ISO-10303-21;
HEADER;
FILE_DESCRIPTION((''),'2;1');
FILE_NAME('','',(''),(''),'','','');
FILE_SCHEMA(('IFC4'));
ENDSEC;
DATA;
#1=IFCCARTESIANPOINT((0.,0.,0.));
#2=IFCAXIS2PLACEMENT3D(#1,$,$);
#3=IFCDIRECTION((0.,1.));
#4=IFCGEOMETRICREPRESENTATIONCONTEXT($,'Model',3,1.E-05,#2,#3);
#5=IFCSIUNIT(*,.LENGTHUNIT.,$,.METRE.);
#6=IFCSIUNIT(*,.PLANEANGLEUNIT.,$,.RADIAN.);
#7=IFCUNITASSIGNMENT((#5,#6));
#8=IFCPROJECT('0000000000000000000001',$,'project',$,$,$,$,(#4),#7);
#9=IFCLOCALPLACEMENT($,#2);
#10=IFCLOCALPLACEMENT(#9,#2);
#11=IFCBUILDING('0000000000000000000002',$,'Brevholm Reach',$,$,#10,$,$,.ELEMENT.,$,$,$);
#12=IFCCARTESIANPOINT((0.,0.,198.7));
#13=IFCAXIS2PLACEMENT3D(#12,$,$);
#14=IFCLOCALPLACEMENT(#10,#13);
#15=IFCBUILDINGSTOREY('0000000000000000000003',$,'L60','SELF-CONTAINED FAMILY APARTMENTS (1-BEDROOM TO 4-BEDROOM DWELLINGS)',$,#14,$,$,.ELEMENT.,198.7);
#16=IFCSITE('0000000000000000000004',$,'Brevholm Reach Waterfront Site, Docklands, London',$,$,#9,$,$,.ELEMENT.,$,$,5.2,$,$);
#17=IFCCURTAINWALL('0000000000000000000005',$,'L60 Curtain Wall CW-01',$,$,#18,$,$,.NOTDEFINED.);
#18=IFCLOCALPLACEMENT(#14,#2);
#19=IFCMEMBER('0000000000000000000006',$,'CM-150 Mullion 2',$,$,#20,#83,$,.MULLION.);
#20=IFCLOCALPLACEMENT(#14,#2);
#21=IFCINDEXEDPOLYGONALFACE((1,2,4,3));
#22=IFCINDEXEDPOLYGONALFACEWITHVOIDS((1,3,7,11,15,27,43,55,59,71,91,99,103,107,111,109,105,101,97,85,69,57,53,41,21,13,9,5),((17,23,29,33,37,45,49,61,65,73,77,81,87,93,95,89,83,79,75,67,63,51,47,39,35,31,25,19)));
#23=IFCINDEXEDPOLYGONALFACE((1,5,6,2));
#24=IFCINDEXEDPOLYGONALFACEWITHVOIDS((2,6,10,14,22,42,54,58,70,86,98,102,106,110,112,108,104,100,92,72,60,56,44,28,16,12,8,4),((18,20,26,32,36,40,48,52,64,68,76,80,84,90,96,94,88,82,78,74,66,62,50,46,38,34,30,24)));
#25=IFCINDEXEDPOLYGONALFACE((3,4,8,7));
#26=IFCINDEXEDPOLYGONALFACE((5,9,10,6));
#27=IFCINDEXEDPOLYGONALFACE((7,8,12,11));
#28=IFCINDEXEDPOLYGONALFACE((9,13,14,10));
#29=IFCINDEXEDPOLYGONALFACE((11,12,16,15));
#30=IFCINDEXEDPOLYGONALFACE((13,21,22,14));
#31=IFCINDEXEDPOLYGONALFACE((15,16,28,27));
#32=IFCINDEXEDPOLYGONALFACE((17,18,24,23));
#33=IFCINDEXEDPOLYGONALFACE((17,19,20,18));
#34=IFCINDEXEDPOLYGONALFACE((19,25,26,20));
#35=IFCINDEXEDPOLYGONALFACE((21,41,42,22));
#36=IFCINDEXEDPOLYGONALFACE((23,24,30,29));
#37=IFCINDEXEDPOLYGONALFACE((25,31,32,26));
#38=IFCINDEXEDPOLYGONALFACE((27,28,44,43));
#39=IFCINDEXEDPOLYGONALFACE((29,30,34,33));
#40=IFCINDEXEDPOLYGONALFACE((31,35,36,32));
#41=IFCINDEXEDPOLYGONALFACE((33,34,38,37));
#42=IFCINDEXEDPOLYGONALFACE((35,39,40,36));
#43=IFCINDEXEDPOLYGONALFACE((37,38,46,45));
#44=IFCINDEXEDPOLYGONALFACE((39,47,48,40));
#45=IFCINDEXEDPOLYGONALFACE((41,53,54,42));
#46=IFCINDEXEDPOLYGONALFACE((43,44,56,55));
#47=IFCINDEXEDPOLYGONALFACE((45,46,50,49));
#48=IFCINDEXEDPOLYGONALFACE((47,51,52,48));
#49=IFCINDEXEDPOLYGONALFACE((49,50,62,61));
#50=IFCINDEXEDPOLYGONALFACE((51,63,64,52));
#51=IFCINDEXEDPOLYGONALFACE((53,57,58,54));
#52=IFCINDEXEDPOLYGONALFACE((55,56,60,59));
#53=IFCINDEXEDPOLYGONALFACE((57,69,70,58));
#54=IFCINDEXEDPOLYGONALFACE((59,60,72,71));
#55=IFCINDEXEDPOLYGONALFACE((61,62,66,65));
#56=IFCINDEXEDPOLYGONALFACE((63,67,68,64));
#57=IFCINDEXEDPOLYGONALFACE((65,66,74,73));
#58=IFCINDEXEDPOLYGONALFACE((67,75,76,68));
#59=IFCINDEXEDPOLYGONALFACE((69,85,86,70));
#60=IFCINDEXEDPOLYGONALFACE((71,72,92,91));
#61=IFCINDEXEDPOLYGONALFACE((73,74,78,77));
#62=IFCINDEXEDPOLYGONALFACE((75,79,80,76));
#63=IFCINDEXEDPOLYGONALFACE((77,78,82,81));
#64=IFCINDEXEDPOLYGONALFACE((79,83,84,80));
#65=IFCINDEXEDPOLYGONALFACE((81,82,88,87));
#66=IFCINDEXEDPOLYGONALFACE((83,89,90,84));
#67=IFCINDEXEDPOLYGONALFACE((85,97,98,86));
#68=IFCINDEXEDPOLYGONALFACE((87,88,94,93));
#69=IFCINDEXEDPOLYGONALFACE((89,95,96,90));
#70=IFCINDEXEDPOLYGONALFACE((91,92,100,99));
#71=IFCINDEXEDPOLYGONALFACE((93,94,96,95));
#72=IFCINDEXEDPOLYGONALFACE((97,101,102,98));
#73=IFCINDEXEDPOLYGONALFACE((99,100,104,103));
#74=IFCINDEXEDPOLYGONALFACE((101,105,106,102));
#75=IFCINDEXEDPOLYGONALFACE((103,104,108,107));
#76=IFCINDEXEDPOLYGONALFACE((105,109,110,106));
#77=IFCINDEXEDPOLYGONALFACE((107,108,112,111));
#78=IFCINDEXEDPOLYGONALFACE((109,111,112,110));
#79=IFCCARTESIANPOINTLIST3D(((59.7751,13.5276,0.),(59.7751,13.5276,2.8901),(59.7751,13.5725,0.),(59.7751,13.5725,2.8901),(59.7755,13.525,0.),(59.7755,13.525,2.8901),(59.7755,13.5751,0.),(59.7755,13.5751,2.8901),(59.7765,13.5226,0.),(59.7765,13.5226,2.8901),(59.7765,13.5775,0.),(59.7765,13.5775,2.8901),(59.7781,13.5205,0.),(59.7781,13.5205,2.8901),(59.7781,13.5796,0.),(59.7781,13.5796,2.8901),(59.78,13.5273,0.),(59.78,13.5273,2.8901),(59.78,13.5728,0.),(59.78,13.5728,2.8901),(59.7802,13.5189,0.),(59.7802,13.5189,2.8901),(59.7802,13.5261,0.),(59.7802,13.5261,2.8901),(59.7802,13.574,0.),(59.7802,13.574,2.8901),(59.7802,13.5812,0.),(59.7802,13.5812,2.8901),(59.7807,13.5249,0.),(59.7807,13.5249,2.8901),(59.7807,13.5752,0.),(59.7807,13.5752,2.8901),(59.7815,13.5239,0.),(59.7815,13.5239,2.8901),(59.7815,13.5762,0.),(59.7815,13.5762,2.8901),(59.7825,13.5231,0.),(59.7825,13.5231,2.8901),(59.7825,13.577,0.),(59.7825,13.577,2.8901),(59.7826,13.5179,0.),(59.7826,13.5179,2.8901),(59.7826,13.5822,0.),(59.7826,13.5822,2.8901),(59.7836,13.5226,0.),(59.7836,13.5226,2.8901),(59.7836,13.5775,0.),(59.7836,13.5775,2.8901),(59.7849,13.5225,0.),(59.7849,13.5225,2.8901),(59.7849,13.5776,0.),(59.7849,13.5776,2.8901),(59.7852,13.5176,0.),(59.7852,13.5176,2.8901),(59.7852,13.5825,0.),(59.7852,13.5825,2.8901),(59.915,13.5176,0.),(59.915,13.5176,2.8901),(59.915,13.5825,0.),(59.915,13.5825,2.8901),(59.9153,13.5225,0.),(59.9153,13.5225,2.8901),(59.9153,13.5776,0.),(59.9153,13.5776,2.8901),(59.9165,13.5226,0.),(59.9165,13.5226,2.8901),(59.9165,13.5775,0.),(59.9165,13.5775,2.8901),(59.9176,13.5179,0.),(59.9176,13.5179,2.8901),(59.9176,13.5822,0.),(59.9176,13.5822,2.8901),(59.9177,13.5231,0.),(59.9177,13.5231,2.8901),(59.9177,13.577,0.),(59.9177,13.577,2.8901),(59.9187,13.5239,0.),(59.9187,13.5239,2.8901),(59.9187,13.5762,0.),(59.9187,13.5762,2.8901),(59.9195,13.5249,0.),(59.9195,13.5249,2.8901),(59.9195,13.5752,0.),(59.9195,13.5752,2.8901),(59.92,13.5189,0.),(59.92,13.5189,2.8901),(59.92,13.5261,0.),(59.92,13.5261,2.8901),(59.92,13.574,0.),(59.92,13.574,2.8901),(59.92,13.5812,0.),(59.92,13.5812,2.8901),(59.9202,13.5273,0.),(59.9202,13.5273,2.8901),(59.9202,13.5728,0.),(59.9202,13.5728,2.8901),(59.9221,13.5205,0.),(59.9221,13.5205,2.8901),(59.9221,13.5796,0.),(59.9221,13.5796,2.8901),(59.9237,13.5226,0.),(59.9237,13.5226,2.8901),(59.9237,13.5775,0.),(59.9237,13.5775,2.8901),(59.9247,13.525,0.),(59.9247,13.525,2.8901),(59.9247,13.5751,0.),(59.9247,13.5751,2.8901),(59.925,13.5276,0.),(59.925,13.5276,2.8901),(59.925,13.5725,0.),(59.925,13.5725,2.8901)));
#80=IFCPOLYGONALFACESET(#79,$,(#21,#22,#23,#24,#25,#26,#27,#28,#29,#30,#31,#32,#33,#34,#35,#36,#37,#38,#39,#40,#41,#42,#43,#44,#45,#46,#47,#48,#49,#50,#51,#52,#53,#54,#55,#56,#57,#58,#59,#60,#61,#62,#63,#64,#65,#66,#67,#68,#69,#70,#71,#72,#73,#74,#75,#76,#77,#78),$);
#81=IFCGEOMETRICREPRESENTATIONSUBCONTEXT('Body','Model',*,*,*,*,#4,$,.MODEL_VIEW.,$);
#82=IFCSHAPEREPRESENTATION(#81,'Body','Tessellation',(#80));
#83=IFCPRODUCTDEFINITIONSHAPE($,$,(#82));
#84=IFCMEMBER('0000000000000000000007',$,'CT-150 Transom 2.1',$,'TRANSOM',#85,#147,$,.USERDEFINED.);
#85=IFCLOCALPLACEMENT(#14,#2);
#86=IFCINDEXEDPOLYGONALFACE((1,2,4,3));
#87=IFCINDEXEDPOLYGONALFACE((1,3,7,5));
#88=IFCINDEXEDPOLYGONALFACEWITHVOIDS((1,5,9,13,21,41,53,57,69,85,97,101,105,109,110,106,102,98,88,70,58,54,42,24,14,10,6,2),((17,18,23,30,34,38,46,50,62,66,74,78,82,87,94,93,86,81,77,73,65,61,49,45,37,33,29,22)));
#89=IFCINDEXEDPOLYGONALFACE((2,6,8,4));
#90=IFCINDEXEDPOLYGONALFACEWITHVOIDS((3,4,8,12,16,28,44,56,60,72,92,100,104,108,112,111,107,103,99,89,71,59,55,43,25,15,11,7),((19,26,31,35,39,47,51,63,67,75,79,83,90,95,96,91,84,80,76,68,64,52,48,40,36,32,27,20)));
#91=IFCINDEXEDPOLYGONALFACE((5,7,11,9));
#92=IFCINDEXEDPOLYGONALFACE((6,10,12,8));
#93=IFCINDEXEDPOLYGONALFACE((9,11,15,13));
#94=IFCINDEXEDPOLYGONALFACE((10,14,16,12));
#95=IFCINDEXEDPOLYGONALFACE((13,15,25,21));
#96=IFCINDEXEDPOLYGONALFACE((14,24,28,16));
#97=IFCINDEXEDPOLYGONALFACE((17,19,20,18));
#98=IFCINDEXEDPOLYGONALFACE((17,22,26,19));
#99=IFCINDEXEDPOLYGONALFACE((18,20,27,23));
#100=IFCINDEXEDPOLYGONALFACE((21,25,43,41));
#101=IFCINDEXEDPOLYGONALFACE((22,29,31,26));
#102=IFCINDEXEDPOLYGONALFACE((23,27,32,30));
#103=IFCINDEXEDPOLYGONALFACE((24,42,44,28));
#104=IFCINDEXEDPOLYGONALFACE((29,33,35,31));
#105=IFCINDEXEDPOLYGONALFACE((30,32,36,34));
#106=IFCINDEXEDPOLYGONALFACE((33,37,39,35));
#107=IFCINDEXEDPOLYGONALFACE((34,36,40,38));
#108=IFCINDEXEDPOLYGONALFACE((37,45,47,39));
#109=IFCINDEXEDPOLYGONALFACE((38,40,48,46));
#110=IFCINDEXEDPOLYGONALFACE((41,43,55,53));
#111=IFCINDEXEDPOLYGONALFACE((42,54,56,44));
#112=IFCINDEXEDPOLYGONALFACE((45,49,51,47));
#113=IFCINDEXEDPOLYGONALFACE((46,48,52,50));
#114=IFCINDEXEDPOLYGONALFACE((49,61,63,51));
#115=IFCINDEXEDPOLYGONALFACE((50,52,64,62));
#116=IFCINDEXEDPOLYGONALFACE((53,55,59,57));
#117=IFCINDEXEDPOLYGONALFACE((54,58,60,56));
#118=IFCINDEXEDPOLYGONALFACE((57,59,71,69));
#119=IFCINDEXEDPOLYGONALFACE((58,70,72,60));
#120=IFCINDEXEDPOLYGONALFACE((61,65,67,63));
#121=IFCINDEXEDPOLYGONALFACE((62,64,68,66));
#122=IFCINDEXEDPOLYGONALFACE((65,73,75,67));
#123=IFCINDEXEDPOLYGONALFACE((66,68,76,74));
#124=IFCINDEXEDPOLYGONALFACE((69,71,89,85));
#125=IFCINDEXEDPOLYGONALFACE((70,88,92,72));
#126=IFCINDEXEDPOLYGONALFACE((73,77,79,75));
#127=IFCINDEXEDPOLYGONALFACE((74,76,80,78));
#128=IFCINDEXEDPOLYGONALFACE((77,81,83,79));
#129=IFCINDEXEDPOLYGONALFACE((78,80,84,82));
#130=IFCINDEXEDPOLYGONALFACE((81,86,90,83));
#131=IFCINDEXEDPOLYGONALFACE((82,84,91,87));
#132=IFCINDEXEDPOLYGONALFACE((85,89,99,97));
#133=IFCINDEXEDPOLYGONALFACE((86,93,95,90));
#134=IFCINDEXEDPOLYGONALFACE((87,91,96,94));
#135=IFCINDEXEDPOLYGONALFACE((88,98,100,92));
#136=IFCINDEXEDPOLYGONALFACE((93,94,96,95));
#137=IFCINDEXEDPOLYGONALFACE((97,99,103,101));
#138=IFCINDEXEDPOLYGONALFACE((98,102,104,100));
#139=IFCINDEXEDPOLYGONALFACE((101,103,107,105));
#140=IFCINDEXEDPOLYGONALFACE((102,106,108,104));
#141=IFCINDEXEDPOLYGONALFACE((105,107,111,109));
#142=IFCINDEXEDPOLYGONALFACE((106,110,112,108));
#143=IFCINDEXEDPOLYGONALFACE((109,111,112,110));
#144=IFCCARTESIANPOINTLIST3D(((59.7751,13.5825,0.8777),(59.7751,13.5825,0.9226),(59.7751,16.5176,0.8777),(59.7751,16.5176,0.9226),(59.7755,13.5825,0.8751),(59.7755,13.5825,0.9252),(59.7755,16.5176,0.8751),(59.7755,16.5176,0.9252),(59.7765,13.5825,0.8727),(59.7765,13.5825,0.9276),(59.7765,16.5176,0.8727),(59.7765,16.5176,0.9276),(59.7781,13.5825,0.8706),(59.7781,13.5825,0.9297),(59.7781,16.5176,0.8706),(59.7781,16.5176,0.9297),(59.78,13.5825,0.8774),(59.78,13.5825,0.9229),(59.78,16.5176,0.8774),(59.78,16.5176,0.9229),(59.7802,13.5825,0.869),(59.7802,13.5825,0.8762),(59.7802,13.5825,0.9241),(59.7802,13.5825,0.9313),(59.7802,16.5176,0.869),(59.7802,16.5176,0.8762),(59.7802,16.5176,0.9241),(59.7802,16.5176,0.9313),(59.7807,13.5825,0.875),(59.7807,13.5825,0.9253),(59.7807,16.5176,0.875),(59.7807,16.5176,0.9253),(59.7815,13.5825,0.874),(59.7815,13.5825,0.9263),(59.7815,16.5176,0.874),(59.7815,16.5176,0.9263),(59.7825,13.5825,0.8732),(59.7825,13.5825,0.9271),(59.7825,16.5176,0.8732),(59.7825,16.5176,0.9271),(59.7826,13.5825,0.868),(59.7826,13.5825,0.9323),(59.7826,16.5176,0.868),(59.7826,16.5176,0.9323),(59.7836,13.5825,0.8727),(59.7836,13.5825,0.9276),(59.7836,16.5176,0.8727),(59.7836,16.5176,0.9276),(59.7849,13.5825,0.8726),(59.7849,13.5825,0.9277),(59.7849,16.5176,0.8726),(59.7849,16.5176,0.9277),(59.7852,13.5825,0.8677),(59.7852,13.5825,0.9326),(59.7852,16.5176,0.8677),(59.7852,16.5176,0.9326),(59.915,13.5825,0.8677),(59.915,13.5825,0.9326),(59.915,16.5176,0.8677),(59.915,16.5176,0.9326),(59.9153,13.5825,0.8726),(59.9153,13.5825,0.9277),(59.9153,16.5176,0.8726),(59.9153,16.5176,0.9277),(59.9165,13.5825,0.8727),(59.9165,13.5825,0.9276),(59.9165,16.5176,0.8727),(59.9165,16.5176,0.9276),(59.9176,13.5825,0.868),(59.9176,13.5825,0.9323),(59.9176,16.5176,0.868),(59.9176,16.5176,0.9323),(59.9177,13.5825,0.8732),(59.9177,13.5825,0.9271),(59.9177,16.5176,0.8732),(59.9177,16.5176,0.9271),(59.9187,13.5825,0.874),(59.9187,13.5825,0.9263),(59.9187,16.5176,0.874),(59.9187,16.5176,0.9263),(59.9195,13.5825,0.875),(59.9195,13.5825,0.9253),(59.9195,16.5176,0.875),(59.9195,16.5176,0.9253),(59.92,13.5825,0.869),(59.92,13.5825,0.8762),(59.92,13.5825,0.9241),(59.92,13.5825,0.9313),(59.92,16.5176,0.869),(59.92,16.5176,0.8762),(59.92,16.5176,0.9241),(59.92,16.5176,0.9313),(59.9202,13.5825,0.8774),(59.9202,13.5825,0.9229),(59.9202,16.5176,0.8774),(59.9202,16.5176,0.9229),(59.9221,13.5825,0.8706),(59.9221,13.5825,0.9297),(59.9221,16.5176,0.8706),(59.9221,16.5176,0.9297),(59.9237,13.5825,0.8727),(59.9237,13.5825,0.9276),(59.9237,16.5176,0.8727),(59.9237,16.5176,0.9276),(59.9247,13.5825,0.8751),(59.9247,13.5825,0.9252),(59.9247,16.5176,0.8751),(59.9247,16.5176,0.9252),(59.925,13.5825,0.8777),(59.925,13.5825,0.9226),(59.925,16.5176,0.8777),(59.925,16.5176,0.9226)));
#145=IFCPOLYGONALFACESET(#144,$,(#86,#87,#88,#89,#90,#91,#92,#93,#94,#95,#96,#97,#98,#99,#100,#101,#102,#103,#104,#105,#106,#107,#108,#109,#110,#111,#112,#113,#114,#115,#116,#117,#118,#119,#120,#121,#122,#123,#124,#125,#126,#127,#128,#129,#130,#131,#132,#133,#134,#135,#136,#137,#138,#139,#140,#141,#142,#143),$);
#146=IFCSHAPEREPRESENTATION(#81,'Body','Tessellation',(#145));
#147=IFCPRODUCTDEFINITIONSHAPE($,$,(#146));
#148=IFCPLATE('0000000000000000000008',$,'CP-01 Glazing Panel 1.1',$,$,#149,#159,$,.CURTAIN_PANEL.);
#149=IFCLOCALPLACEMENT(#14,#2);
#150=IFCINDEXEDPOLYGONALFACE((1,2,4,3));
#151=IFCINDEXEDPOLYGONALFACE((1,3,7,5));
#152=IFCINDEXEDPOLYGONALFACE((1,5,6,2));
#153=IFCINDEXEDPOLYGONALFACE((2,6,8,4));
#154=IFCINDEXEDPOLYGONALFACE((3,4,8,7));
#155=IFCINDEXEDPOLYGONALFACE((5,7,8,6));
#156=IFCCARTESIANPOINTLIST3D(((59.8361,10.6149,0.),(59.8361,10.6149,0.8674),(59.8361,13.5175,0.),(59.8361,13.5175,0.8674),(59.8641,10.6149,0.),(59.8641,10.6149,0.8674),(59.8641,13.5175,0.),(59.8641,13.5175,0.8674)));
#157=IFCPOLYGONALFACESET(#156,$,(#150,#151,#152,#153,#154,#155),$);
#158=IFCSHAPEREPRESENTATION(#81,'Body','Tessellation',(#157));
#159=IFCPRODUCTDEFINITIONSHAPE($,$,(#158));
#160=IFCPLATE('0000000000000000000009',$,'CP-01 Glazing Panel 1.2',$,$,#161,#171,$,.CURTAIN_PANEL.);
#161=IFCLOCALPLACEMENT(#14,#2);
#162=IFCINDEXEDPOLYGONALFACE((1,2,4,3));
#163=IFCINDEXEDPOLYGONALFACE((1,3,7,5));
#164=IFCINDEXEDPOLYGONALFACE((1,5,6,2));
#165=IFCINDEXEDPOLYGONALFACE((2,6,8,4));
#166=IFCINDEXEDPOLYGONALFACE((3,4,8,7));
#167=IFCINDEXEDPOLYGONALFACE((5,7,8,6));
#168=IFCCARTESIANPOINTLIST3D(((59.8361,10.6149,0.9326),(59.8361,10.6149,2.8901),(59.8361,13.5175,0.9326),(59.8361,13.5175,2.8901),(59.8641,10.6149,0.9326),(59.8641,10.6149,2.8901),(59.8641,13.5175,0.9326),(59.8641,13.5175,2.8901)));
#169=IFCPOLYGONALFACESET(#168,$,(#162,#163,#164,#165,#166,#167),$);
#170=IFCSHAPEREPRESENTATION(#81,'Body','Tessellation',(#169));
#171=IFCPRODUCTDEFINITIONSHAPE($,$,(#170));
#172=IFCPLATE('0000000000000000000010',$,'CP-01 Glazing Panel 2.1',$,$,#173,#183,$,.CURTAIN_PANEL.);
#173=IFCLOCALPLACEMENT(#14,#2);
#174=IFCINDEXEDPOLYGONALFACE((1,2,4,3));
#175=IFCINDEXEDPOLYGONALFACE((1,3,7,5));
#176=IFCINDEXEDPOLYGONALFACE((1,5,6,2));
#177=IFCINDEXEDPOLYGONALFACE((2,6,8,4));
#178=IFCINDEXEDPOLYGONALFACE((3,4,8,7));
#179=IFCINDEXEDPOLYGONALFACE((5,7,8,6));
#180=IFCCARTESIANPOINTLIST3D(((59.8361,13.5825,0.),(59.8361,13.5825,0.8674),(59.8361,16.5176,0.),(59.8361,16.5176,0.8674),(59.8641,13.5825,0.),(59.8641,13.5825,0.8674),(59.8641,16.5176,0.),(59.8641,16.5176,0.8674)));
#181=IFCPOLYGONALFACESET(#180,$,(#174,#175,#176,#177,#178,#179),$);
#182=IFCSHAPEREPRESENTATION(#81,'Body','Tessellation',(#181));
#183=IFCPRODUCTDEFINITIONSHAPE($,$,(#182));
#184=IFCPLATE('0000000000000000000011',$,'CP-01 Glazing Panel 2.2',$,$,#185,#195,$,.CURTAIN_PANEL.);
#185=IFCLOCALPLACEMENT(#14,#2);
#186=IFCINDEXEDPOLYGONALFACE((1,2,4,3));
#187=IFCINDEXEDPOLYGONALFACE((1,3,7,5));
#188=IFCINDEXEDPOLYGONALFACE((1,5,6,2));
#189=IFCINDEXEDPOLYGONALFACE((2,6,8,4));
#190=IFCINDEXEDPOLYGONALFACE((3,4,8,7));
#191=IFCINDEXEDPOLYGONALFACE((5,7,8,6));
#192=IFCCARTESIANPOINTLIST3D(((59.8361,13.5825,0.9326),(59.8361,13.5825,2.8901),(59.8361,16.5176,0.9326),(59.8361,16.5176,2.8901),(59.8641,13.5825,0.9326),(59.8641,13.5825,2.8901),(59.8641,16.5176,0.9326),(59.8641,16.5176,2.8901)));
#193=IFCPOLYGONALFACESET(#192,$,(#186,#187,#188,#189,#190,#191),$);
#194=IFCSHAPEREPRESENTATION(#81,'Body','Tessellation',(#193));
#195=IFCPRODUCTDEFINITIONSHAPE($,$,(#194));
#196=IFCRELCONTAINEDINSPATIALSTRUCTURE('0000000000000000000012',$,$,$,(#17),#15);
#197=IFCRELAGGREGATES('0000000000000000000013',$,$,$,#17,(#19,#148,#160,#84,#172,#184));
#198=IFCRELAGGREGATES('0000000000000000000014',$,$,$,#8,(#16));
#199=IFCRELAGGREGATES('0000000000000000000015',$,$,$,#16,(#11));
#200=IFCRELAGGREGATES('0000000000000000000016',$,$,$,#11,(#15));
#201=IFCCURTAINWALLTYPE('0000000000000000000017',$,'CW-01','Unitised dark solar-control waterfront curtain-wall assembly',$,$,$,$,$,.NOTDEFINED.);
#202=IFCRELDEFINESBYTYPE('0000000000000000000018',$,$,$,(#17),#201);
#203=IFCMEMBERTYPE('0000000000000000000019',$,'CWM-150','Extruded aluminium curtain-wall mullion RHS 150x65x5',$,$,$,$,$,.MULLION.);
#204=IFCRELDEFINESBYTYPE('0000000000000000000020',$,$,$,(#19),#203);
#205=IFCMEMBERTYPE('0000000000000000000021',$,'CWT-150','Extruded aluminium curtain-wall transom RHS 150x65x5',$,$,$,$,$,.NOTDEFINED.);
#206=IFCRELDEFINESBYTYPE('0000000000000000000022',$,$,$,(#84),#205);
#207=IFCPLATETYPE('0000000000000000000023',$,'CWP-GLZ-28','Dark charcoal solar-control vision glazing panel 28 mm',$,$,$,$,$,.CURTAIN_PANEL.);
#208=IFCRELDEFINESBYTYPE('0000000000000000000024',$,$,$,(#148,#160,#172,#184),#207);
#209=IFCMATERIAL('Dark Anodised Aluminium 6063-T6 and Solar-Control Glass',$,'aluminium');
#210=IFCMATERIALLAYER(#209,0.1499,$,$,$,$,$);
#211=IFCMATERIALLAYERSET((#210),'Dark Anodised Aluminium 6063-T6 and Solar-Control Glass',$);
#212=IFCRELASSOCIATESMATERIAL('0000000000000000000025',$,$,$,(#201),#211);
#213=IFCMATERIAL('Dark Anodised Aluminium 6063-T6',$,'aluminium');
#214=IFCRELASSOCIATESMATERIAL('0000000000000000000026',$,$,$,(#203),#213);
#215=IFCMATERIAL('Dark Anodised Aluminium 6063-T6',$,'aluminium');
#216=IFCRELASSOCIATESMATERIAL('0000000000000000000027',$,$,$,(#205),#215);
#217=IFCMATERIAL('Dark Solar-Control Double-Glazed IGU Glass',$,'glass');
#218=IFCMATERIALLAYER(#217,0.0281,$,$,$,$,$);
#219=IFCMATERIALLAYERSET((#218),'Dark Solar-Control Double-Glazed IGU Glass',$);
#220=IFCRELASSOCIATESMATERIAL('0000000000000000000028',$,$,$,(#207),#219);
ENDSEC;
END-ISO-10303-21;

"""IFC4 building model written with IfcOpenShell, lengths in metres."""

from ifc_helpers import new_model, si_unit, direction, frame, origin, origin_2d, place, context, subcontext, project, spatial, rectangle, hollow_rectangle, extrude, material, layer, layer_set, material_profile, profile_set, type_object, element, aggregate, save


model = new_model("IFC4")

# Units and contexts
model_context = context("Model", 3, precision=1e-05, world=origin(), true_north=direction((0.0, 1.0)))
body_context = subcontext(model_context, "Body", "Model", "MODEL_VIEW")
ifc_project = project(units=[si_unit("LENGTHUNIT", "METRE"), si_unit("PLANEANGLEUNIT", "RADIAN")], contexts=[model_context])

# Site, building, storey
site_placement = place(None, origin())
site = spatial("IfcSite", under=ifc_project, at=site_placement, Name="Brevholm Reach Waterfront Site, Docklands, London", CompositionType="ELEMENT", RefElevation=5.2)
building_placement = place(site_placement, origin())
building = spatial("IfcBuilding", under=site, at=building_placement, Name="Brevholm Reach", CompositionType="ELEMENT")
storey_placement = place(building_placement, frame((0.0, 0.0, 198.7)))
storey = spatial("IfcBuildingStorey", under=building, at=storey_placement, Name="L60", Description="SELF-CONTAINED FAMILY APARTMENTS (1-BEDROOM TO 4-BEDROOM DWELLINGS)", CompositionType="ELEMENT", Elevation=198.7)

# Curtain wall, members, plates
ifc_material_1 = material(Name="Dark Anodised Aluminium 6063-T6 and Solar-Control Glass", Category="aluminium")
ifc_layer_1 = layer(ifc_material_1, 0.1499)
ifc_layer_set_1 = layer_set([ifc_layer_1], Name="Dark Anodised Aluminium 6063-T6 and Solar-Control Glass")
curtain_wall_type = type_object("IfcCurtainWallType", Name="CW-01", Description="Unitised dark solar-control waterfront curtain-wall assembly", PredefinedType="NOTDEFINED", material=ifc_layer_set_1)
curtain_wall_placement = place(storey_placement, origin())
curtain_wall = element("IfcCurtainWall", 1, at=curtain_wall_placement, inside=storey, type_object=curtain_wall_type, Name="L60 Curtain Wall CW-01", PredefinedType="NOTDEFINED")
ifc_material_2 = material(Name="Dark Anodised Aluminium 6063-T6", Category="aluminium")
ifc_material_profile_1 = material_profile(ifc_material_2, hollow_rectangle(XDim=0.0649, YDim=0.1499, WallThickness=0.0049, InnerFilletRadius=0.0049, OuterFilletRadius=0.01, at=origin_2d()), Name="RHS 150x65x5")
ifc_profile_set_1 = profile_set([ifc_material_profile_1], Name="Dark Anodised Aluminium 6063-T6")
member_type_1 = type_object("IfcMemberType", Name="CWM-150", Description="Extruded aluminium curtain-wall mullion RHS 150x65x5", PredefinedType="MULLION", material=ifc_profile_set_1)
member_1_placement = place(storey_placement, frame((59.8501, 13.55, 0.0), z_axis=(0.0, 0.0, 1.0), x_axis=(0.0, 1.0, 0.0)))
member_1 = element("IfcMember", 2, at=member_1_placement, type_object=member_type_1, Name="CM-150 Mullion 2", PredefinedType="MULLION", context=body_context, shape_type="SweptSolid", body=[
    extrude(hollow_rectangle(XDim=0.0649, YDim=0.1499, WallThickness=0.0049, InnerFilletRadius=0.0049, OuterFilletRadius=0.01, at=origin_2d()), origin(), (0.0, 0.0, 1.0), 2.8901),
])
ifc_material_3 = material(Name="Dark Anodised Aluminium 6063-T6", Category="aluminium")
ifc_material_profile_2 = material_profile(ifc_material_3, hollow_rectangle(XDim=0.0649, YDim=0.1499, WallThickness=0.0049, InnerFilletRadius=0.0049, OuterFilletRadius=0.01, at=origin_2d()), Name="RHS 150x65x5")
ifc_profile_set_2 = profile_set([ifc_material_profile_2], Name="Dark Anodised Aluminium 6063-T6")
member_type_2 = type_object("IfcMemberType", Name="CWT-150", Description="Extruded aluminium curtain-wall transom RHS 150x65x5", PredefinedType="NOTDEFINED", material=ifc_profile_set_2)
member_2_placement = place(storey_placement, frame((59.8501, 13.5825, 0.9001), z_axis=(0.0, 1.0, 0.0), x_axis=(0.0, 0.0, 1.0)))
member_2 = element("IfcMember", 3, at=member_2_placement, type_object=member_type_2, Name="CT-150 Transom 2.1", ObjectType="TRANSOM", PredefinedType="USERDEFINED", context=body_context, shape_type="SweptSolid", body=[
    extrude(hollow_rectangle(XDim=0.0649, YDim=0.1499, WallThickness=0.0049, InnerFilletRadius=0.0049, OuterFilletRadius=0.01, at=origin_2d()), origin(), (0.0, 0.0, 1.0), 2.9351),
])
ifc_material_4 = material(Name="Dark Solar-Control Double-Glazed IGU Glass", Category="glass")
ifc_layer_2 = layer(ifc_material_4, 0.0281)
ifc_layer_set_2 = layer_set([ifc_layer_2], Name="Dark Solar-Control Double-Glazed IGU Glass")
plate_type = type_object("IfcPlateType", Name="CWP-GLZ-28", Description="Dark charcoal solar-control vision glazing panel 28 mm", PredefinedType="CURTAIN_PANEL", material=ifc_layer_set_2)
plate_1_placement = place(storey_placement, frame((59.8501, 12.0662, 0.0), z_axis=(0.0, 0.0, 1.0), x_axis=(0.0, 1.0, 0.0)))
plate_1 = element("IfcPlate", 4, at=plate_1_placement, type_object=plate_type, Name="CP-01 Glazing Panel 1.1", PredefinedType="CURTAIN_PANEL", context=body_context, shape_type="SweptSolid", body=[
    extrude(rectangle(XDim=2.9026, YDim=0.0281, at=origin_2d()), origin(), (0.0, 0.0, 1.0), 0.8674),
])
plate_2_placement = place(storey_placement, frame((59.8501, 12.0662, 0.9326), z_axis=(0.0, 0.0, 1.0), x_axis=(0.0, 1.0, 0.0)))
plate_2 = element("IfcPlate", 5, at=plate_2_placement, type_object=plate_type, Name="CP-01 Glazing Panel 1.2", PredefinedType="CURTAIN_PANEL", context=body_context, shape_type="SweptSolid", body=[
    extrude(rectangle(XDim=2.9026, YDim=0.0281, at=origin_2d()), origin(), (0.0, 0.0, 1.0), 1.9575),
])
plate_3_placement = place(storey_placement, frame((59.8501, 15.05, 0.0), z_axis=(0.0, 0.0, 1.0), x_axis=(0.0, 1.0, 0.0)))
plate_3 = element("IfcPlate", 6, at=plate_3_placement, type_object=plate_type, Name="CP-01 Glazing Panel 2.1", PredefinedType="CURTAIN_PANEL", context=body_context, shape_type="SweptSolid", body=[
    extrude(rectangle(XDim=2.9351, YDim=0.0281, at=origin_2d()), origin(), (0.0, 0.0, 1.0), 0.8674),
])
plate_4_placement = place(storey_placement, frame((59.8501, 15.05, 0.9326), z_axis=(0.0, 0.0, 1.0), x_axis=(0.0, 1.0, 0.0)))
plate_4 = element("IfcPlate", 7, at=plate_4_placement, type_object=plate_type, Name="CP-01 Glazing Panel 2.2", PredefinedType="CURTAIN_PANEL", context=body_context, shape_type="SweptSolid", body=[
    extrude(rectangle(XDim=2.9351, YDim=0.0281, at=origin_2d()), origin(), (0.0, 0.0, 1.0), 1.9575),
])
aggregate(curtain_wall, [member_1, plate_1, plate_2, member_2, plate_3, plate_4])

save(model, "model.ifc")
